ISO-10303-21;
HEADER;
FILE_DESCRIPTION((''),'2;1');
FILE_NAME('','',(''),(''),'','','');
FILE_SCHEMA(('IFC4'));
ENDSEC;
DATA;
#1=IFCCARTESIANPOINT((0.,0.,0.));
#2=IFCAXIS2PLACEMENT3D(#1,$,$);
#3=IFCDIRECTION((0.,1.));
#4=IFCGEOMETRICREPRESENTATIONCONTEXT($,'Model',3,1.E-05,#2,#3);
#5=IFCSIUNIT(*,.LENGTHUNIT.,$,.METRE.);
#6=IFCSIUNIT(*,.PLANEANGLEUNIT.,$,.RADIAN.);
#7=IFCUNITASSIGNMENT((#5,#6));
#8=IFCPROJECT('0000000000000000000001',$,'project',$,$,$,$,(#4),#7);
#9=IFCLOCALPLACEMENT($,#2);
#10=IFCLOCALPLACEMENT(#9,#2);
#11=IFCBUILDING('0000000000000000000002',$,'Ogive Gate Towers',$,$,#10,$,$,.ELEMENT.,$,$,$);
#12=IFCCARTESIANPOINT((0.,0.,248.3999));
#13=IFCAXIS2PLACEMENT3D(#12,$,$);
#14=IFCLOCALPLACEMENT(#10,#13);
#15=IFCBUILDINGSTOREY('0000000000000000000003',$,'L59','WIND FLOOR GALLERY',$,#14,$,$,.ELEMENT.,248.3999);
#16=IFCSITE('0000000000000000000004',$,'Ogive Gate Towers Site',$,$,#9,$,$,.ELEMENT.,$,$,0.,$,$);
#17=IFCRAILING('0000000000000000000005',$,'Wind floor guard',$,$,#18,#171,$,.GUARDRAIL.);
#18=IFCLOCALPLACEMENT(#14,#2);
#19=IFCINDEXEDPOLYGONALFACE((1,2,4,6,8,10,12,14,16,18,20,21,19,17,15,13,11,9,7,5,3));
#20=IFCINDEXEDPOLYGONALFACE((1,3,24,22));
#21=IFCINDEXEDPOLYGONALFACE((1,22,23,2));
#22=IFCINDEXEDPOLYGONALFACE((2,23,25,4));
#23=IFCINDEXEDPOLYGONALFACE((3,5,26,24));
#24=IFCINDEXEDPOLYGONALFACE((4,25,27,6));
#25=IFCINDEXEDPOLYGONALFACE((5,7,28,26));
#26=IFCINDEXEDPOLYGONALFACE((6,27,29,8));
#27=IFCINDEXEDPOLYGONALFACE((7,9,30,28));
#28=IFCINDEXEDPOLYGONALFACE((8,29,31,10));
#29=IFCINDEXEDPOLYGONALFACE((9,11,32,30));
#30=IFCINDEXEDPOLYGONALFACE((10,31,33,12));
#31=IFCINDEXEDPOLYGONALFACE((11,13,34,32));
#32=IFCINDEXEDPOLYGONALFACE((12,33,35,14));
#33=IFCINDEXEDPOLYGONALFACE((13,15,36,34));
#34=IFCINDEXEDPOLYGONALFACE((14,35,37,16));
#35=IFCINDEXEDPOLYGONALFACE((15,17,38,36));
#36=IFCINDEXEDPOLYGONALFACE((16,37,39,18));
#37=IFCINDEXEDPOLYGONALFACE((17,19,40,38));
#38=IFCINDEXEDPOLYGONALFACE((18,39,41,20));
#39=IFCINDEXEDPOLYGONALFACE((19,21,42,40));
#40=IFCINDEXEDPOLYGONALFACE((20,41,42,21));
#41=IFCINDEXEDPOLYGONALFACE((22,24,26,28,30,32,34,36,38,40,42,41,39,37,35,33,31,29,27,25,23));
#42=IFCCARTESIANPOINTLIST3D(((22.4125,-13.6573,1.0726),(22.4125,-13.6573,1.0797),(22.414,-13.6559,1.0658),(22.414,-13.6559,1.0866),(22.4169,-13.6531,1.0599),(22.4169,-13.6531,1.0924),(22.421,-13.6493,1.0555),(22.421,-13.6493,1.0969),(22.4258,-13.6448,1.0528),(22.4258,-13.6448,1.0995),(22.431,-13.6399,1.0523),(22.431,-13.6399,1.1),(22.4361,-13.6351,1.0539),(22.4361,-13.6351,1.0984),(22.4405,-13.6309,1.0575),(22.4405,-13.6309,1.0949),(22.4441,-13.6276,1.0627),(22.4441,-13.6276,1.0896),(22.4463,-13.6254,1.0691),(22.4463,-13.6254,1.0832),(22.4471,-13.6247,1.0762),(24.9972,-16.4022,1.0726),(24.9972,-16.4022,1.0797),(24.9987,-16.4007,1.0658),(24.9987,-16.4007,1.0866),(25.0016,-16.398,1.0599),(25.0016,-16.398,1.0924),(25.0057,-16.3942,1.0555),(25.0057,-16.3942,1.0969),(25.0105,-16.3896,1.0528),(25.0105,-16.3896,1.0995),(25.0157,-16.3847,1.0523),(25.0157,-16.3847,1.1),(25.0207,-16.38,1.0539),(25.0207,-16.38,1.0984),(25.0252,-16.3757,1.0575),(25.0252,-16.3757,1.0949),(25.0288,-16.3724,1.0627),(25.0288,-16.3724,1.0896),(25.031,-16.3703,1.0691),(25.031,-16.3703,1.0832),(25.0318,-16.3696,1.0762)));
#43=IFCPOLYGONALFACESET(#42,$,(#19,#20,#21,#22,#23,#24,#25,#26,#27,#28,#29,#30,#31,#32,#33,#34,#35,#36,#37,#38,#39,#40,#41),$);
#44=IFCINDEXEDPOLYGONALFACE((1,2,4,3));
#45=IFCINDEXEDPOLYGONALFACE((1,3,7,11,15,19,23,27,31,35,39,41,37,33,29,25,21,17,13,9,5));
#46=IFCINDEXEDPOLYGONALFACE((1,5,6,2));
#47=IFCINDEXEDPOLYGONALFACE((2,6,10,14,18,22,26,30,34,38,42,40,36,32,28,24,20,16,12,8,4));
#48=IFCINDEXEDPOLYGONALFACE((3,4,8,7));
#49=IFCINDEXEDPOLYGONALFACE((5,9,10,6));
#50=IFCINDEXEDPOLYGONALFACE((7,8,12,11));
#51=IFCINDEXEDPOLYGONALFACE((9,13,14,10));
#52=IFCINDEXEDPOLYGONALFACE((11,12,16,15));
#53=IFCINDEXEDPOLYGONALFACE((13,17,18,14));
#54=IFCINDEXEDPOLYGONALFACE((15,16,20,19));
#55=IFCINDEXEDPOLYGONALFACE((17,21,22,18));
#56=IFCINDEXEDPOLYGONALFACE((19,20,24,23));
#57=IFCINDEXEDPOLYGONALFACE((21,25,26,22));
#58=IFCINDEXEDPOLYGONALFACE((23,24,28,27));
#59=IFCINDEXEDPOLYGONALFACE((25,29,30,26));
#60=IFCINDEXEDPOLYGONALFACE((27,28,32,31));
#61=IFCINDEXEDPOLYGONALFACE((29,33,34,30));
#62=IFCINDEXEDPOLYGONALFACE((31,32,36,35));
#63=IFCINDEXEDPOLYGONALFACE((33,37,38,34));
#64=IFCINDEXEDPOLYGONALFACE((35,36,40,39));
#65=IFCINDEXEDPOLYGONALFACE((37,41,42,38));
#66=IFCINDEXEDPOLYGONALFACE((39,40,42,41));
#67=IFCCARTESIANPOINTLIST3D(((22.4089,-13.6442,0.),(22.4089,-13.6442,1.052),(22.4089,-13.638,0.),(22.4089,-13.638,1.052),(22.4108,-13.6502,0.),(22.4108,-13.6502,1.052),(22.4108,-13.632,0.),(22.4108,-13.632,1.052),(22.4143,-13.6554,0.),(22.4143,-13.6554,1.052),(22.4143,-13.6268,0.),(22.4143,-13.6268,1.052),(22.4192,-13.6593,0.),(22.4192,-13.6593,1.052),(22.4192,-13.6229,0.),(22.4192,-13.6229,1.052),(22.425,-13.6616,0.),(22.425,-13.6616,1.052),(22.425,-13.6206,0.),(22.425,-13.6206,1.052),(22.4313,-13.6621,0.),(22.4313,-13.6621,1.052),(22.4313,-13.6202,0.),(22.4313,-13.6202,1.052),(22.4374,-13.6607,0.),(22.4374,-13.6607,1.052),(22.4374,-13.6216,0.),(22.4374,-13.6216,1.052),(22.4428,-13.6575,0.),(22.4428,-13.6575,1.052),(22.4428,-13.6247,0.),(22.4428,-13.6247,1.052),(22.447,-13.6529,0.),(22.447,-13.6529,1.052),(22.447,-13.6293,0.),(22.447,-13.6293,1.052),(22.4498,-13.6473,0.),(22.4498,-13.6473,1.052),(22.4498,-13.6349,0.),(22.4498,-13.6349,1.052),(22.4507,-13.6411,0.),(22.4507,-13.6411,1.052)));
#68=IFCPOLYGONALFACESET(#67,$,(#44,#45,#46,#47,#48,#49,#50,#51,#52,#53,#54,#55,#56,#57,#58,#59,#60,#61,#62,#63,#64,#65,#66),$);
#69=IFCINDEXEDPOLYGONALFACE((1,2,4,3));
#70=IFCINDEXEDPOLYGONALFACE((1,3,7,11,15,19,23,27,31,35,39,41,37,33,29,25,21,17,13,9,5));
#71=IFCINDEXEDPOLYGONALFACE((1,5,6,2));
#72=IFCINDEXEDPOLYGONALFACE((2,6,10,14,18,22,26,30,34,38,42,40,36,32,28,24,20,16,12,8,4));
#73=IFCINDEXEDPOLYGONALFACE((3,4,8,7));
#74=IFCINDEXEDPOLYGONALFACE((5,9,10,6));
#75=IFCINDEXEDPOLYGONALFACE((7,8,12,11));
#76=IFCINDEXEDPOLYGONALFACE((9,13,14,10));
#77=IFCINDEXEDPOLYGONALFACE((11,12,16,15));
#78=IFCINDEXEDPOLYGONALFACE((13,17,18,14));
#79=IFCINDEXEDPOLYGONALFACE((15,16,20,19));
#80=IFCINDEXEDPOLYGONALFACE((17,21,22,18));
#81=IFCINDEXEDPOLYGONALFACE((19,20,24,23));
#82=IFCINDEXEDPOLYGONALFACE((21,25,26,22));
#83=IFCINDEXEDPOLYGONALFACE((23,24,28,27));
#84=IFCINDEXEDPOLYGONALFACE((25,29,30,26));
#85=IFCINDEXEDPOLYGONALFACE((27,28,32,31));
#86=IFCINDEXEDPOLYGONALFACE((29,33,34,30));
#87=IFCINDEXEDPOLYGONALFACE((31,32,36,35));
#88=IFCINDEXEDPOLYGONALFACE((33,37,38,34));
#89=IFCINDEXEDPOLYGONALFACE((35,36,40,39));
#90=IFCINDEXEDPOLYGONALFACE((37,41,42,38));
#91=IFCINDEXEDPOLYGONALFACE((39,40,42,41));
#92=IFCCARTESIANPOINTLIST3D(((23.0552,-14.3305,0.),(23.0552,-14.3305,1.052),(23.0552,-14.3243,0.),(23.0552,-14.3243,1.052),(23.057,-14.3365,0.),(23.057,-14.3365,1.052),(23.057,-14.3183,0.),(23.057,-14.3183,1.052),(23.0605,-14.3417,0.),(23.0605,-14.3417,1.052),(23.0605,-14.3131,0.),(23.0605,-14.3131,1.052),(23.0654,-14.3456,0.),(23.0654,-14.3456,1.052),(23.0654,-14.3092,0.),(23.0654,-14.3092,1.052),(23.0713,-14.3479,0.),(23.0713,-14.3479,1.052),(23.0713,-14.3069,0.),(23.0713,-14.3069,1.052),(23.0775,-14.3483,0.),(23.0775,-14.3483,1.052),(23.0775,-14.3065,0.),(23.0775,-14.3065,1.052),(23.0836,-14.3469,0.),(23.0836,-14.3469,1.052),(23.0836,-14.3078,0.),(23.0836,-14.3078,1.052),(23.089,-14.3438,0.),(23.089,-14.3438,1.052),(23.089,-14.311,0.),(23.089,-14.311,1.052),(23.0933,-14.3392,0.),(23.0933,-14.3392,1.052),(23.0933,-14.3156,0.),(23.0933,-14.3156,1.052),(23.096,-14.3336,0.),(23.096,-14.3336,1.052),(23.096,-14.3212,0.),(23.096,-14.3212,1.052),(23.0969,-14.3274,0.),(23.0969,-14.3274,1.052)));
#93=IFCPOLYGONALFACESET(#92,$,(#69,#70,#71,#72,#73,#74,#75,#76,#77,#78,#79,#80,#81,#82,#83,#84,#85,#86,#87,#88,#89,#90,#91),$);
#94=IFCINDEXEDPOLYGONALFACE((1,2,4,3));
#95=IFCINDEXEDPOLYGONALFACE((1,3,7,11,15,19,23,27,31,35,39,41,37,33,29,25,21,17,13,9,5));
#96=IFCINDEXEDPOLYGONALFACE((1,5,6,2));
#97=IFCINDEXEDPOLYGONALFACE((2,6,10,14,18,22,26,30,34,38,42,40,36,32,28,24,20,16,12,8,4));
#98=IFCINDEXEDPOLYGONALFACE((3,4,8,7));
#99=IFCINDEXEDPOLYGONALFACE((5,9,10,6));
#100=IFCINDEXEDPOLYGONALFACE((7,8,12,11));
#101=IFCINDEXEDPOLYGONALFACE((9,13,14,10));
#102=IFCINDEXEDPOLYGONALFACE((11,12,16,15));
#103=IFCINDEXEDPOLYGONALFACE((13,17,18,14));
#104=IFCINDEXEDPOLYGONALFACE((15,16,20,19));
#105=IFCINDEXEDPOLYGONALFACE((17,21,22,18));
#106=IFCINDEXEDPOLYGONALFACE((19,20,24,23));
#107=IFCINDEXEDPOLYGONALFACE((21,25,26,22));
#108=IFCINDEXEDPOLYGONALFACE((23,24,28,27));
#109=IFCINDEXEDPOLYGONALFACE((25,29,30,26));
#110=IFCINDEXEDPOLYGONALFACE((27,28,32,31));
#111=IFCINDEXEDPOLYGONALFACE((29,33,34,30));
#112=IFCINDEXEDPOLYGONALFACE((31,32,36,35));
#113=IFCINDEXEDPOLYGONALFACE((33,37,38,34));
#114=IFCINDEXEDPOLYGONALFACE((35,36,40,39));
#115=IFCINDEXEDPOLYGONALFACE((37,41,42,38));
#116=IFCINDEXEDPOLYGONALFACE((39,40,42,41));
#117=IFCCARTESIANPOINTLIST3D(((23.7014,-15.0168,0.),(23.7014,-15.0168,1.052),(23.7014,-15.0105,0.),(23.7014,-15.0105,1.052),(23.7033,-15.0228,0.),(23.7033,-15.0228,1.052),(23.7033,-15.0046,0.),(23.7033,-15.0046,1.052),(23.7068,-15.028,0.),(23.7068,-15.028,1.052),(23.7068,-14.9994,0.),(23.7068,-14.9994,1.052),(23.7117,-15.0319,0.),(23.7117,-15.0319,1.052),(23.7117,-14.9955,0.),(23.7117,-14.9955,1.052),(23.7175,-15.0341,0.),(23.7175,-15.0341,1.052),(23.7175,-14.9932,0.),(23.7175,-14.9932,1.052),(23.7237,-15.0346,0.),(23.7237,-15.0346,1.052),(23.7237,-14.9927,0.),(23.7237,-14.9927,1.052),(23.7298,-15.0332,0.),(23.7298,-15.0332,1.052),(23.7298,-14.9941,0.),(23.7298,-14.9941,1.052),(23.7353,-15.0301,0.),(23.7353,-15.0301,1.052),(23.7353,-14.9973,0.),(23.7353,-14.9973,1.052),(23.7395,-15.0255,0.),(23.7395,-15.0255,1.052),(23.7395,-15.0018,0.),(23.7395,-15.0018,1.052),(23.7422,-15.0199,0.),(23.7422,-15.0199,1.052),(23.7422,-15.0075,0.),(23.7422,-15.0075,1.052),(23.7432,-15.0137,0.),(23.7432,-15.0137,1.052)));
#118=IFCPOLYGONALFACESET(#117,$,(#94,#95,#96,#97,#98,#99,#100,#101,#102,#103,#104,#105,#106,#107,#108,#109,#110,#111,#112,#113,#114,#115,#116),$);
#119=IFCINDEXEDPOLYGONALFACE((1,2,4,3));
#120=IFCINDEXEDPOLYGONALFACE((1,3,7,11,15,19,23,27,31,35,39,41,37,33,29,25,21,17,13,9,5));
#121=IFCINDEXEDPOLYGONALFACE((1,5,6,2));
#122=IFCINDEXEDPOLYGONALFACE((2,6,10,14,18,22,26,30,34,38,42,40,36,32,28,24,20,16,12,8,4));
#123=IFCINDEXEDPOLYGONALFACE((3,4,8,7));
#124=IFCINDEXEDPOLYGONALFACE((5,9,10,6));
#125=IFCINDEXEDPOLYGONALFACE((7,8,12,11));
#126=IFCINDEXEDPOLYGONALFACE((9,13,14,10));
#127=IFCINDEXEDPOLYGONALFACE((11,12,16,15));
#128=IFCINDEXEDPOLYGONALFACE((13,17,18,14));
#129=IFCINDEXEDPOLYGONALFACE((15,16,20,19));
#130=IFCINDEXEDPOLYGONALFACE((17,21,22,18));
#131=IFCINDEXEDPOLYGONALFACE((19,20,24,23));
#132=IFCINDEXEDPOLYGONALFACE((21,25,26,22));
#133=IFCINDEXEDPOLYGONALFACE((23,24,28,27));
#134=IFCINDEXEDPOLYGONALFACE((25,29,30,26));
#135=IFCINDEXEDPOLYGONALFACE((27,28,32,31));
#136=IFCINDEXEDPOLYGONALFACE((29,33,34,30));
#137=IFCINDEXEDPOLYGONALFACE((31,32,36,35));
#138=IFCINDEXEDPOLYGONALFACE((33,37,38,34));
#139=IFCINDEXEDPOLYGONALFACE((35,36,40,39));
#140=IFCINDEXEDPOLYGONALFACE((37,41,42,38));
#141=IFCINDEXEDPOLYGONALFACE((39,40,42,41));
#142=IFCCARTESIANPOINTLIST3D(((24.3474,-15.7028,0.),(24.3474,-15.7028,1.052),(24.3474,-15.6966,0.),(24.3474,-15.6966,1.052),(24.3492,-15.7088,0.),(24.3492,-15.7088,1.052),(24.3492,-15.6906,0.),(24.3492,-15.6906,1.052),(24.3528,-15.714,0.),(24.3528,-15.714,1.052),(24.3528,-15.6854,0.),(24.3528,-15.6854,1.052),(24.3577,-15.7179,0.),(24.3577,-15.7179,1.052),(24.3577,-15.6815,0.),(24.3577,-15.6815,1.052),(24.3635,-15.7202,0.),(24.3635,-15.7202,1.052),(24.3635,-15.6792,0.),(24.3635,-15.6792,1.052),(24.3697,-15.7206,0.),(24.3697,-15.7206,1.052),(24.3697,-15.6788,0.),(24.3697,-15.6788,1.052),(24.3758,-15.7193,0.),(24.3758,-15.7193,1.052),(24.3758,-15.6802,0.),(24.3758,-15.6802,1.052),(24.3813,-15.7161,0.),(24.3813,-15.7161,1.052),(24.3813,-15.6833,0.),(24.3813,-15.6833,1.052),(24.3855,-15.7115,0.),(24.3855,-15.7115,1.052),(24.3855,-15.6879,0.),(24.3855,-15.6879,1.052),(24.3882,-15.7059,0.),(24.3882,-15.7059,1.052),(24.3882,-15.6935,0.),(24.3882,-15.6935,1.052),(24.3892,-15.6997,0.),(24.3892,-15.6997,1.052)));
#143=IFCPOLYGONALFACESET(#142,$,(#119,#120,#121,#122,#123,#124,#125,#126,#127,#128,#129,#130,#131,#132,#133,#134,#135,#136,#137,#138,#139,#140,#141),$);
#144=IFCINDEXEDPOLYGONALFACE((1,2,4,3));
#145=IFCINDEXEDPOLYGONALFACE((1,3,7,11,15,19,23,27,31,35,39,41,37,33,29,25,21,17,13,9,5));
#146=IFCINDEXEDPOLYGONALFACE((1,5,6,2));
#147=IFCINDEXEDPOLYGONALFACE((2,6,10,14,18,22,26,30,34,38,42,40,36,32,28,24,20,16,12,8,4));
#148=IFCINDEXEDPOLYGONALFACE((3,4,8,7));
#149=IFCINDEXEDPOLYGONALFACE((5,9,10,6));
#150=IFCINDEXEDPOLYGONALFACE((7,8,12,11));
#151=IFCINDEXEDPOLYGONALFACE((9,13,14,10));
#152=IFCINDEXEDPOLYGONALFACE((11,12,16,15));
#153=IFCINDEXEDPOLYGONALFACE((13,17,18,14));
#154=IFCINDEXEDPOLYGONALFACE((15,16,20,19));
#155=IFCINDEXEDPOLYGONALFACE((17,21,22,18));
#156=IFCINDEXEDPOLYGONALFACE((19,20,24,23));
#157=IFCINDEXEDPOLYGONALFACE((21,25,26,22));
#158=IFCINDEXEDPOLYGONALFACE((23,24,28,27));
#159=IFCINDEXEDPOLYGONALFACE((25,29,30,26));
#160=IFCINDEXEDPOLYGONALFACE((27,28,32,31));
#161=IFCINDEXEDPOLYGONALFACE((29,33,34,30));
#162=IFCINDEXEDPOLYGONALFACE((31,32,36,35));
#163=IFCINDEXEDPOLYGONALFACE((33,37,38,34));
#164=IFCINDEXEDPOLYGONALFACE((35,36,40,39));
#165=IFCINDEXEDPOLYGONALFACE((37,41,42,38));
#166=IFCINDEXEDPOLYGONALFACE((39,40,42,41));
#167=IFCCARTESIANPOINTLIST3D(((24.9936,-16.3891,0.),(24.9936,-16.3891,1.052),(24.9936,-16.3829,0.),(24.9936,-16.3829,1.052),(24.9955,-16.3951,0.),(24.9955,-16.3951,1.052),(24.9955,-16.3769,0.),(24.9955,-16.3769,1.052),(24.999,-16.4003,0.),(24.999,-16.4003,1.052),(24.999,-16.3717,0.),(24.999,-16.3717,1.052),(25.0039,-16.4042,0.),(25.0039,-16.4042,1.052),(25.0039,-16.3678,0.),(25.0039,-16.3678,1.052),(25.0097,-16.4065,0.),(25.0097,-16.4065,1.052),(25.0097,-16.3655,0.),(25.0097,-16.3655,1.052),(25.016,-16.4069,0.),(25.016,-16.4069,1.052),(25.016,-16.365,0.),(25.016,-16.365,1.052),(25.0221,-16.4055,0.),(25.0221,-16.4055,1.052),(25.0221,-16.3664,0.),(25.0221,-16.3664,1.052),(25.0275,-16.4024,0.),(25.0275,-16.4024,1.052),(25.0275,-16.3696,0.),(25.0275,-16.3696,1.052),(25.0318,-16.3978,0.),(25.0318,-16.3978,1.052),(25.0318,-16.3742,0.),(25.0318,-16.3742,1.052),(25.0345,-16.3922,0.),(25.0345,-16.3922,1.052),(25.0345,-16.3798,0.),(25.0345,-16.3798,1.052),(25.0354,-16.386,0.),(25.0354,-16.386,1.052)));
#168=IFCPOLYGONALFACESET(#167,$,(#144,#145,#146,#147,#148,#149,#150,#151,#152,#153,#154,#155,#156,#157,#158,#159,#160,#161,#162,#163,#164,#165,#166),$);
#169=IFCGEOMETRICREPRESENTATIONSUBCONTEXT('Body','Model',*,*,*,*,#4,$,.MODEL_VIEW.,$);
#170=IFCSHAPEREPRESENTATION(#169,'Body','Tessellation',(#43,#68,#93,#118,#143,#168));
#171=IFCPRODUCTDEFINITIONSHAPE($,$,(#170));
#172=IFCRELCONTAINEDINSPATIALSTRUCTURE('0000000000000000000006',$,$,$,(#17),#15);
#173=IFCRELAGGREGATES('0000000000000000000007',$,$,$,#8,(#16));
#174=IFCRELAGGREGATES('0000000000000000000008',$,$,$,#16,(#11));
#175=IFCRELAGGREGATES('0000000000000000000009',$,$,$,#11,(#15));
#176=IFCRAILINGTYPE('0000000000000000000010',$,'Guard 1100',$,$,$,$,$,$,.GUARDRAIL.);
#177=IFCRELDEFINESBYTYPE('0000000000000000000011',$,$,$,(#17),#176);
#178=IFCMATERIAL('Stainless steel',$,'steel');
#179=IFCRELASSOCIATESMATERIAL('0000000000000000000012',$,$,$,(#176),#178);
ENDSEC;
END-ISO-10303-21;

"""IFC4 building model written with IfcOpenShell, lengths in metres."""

from ifc_helpers import new_model, si_unit, direction, frame, origin, origin_2d, place, context, subcontext, project, spatial, circle, extrude, material, type_object, element, save


model = new_model("IFC4")

# Units and contexts
model_context = context("Model", 3, precision=1e-05, world=origin(), true_north=direction((0.0, 1.0)))
body_context = subcontext(model_context, "Body", "Model", "MODEL_VIEW")
ifc_project = project(units=[si_unit("LENGTHUNIT", "METRE"), si_unit("PLANEANGLEUNIT", "RADIAN")], contexts=[model_context])

# Site, building, storey
site_placement = place(None, origin())
site = spatial("IfcSite", under=ifc_project, at=site_placement, Name="Ogive Gate Towers Site", CompositionType="ELEMENT", RefElevation=0.0)
building_placement = place(site_placement, origin())
building = spatial("IfcBuilding", under=site, at=building_placement, Name="Ogive Gate Towers", CompositionType="ELEMENT")
storey_placement = place(building_placement, frame((0.0, 0.0, 248.3999)))
storey = spatial("IfcBuildingStorey", under=building, at=storey_placement, Name="L59", Description="WIND FLOOR GALLERY", CompositionType="ELEMENT", Elevation=248.3999)

# Railing
ifc_material_1 = material(Name="Stainless steel", Category="steel")
railing_type = type_object("IfcRailingType", Name="Guard 1100", PredefinedType="GUARDRAIL", material=ifc_material_1)
railing_1_placement = place(storey_placement, frame((22.4297, -13.6411, 0.0)))
element("IfcRailing", 1, at=railing_1_placement, inside=storey, type_object=railing_type, Name="Wind floor guard", PredefinedType="GUARDRAIL", context=body_context, shape_type="SweptSolid", body=[
    extrude(circle(Radius=0.0239, at=origin_2d()), frame((0.0, 0.0, 1.0762), z_axis=(0.685548, -0.728027, 0.0), x_axis=(0.728027, 0.685548, 0.0)), (0.0, 0.0, 1.0), 3.7703),
    extrude(circle(Radius=0.021, at=origin_2d()), origin(), (0.0, 0.0, 1.0), 1.052),
    extrude(circle(Radius=0.021, at=origin_2d()), frame((0.6462, -0.6863, 0.0)), (0.0, 0.0, 1.0), 1.052),
    extrude(circle(Radius=0.021, at=origin_2d()), frame((1.2925, -1.3726, 0.0)), (0.0, 0.0, 1.0), 1.052),
    extrude(circle(Radius=0.021, at=origin_2d()), frame((1.9385, -2.0586, 0.0)), (0.0, 0.0, 1.0), 1.052),
    extrude(circle(Radius=0.021, at=origin_2d()), frame((2.5847, -2.7449, 0.0)), (0.0, 0.0, 1.0), 1.052),
])

save(model, "model.ifc")
